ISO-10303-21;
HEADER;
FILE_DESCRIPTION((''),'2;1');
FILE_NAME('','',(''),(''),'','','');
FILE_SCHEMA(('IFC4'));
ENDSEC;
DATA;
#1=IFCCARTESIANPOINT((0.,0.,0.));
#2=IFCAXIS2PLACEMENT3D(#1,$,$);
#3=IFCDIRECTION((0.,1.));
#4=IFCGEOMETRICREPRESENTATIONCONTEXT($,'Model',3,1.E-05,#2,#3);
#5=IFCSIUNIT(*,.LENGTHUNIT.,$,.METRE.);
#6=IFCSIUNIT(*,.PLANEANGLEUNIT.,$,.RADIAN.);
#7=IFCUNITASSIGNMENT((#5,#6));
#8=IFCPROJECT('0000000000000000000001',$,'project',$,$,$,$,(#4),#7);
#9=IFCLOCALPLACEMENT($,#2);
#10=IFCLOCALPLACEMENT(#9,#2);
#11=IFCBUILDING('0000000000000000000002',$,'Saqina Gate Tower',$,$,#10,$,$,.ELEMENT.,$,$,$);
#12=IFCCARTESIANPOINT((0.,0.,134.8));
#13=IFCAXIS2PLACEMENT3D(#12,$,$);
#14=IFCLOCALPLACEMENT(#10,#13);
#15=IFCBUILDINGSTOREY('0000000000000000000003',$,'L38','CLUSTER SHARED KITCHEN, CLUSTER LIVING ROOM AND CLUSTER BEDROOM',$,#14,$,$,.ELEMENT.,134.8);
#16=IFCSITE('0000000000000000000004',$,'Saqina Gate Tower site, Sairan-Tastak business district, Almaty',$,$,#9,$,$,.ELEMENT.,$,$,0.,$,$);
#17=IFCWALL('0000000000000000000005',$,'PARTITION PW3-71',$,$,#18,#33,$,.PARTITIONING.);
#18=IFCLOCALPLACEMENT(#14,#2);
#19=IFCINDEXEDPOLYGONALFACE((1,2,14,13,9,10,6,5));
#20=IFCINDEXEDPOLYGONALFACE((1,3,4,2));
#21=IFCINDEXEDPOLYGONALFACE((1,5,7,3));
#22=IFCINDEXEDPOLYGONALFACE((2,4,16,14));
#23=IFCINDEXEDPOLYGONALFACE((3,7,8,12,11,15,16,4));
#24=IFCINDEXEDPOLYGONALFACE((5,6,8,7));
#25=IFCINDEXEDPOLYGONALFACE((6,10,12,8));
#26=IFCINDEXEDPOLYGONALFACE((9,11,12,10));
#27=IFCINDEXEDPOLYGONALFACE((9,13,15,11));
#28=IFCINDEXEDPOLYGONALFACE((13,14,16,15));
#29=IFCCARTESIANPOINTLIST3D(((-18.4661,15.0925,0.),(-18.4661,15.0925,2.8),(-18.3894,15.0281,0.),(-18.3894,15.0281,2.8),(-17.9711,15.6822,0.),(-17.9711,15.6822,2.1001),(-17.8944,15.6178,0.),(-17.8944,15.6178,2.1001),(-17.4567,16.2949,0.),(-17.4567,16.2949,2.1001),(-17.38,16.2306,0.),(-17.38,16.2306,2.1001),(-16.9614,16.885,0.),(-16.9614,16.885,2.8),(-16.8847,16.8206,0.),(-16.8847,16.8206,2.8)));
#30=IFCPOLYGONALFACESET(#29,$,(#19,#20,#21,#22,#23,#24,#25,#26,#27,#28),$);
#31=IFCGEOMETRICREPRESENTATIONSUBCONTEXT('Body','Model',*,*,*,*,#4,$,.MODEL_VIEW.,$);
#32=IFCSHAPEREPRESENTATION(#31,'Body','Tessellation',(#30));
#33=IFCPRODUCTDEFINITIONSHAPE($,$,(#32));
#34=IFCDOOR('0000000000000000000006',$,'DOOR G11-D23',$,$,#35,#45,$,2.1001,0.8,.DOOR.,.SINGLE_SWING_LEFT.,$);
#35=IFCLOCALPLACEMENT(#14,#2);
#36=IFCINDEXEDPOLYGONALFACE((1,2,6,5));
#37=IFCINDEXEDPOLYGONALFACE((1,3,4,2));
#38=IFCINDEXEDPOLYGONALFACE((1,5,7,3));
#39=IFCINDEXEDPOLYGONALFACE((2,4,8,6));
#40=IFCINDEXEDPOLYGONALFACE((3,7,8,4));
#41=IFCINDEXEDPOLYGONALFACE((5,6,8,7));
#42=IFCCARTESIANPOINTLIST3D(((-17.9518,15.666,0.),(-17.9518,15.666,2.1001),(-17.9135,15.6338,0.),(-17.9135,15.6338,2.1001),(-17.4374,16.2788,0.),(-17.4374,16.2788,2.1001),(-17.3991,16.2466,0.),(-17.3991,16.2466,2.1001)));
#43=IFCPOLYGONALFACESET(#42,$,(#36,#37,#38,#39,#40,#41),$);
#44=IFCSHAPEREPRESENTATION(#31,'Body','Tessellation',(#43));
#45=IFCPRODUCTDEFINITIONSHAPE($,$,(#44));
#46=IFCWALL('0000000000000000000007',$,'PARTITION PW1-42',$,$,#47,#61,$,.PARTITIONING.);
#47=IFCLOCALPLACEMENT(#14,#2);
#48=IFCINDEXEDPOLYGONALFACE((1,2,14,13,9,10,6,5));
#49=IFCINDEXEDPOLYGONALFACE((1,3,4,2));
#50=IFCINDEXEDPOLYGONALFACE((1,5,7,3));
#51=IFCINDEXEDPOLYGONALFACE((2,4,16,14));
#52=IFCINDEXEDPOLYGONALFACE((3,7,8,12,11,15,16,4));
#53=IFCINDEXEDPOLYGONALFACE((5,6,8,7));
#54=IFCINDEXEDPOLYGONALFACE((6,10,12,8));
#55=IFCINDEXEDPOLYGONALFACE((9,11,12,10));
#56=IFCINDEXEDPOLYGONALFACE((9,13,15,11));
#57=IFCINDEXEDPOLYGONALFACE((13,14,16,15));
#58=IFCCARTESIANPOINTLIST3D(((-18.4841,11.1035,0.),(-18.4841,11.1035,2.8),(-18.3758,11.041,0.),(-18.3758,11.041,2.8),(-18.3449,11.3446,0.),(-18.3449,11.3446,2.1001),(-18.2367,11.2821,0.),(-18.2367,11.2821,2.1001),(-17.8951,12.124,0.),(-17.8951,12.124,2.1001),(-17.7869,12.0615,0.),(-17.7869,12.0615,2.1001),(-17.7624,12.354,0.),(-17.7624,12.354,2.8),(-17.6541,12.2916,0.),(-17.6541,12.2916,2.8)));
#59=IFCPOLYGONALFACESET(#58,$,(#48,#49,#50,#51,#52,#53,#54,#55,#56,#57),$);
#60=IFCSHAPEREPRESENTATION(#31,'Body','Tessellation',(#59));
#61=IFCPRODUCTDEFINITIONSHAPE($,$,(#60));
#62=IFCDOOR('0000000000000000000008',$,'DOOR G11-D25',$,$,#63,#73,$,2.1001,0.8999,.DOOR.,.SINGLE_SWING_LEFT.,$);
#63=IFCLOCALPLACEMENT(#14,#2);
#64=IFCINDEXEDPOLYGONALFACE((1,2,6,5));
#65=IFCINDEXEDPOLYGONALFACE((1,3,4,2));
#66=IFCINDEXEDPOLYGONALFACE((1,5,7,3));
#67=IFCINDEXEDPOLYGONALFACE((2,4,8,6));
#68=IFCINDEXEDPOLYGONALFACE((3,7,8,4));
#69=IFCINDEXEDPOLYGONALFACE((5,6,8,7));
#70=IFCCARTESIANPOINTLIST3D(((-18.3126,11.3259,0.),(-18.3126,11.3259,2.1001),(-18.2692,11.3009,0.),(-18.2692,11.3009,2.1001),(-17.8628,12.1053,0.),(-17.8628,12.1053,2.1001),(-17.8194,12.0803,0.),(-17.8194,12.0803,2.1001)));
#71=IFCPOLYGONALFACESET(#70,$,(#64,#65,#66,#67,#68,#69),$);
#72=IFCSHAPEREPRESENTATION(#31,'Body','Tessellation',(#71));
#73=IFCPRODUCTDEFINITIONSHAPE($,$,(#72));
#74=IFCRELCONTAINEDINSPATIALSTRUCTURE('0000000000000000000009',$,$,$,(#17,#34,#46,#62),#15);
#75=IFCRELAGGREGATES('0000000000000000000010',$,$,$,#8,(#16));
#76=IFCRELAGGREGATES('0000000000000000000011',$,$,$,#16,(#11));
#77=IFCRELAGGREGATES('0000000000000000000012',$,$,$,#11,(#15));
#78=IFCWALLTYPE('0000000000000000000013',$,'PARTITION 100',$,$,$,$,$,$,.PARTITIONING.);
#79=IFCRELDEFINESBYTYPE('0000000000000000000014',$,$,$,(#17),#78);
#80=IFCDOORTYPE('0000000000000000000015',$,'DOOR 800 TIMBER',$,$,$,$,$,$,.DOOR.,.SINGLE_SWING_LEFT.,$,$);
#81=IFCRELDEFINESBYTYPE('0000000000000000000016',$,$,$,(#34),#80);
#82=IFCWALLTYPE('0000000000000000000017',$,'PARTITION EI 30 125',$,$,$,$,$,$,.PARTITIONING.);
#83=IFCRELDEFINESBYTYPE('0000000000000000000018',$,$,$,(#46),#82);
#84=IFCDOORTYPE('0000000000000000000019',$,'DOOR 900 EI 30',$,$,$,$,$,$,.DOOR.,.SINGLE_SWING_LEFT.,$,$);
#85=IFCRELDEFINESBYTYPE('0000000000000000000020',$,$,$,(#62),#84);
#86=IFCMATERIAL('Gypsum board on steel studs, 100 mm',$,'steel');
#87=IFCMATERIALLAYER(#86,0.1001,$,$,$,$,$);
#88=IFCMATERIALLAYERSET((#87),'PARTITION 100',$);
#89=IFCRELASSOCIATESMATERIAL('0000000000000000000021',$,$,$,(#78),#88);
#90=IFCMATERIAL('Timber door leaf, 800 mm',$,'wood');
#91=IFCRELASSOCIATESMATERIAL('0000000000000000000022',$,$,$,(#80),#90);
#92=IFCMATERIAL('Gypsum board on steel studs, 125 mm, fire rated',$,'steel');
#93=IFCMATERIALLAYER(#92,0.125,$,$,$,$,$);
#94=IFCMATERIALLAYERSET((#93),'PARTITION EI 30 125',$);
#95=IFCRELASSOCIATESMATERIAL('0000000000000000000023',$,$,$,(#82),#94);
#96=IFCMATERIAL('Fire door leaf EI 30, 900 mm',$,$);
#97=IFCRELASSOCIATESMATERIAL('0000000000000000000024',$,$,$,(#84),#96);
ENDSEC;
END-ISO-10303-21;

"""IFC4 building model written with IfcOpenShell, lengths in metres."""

from ifc_helpers import new_model, si_unit, direction, frame, frame_2d, origin, place, context, subcontext, project, spatial, rectangle, extrude, material, layer, layer_set, type_object, element, fill, save


model = new_model("IFC4")

# Units and contexts
model_context = context("Model", 3, precision=1e-05, world=origin(), true_north=direction((0.0, 1.0)))
body_context = subcontext(model_context, "Body", "Model", "MODEL_VIEW")
ifc_project = project(units=[si_unit("LENGTHUNIT", "METRE"), si_unit("PLANEANGLEUNIT", "RADIAN")], contexts=[model_context])

# Site, building, storey
site_placement = place(None, origin())
site = spatial("IfcSite", under=ifc_project, at=site_placement, Name="Saqina Gate Tower site, Sairan-Tastak business district, Almaty", CompositionType="ELEMENT", RefElevation=0.0)
building_placement = place(site_placement, origin())
building = spatial("IfcBuilding", under=site, at=building_placement, Name="Saqina Gate Tower", CompositionType="ELEMENT")
storey_placement = place(building_placement, frame((0.0, 0.0, 134.8)))
storey = spatial("IfcBuildingStorey", under=building, at=storey_placement, Name="L38", Description="CLUSTER SHARED KITCHEN, CLUSTER LIVING ROOM AND CLUSTER BEDROOM", CompositionType="ELEMENT", Elevation=134.8)

# Shared definitions
ifc_material_1 = material(Name="Gypsum board on steel studs, 100 mm", Category="steel")
ifc_layer_1 = layer(ifc_material_1, 0.1001)
ifc_layer_set_1 = layer_set([ifc_layer_1], Name="PARTITION 100")
wall_type_1 = type_object("IfcWallType", Name="PARTITION 100", PredefinedType="PARTITIONING", material=ifc_layer_set_1)

# Walls, openings, doors
wall_1_placement = place(storey_placement, frame((-18.4277, 15.0603, 0.0), z_axis=(0.0, 0.0, 1.0), x_axis=(0.64293, 0.765925, 0.0)))
wall_1 = element("IfcWall", 1, at=wall_1_placement, inside=storey, type_object=wall_type_1, Name="PARTITION PW3-71", PredefinedType="PARTITIONING", context=body_context, shape_type="SweptSolid", body=[
    extrude(rectangle(XDim=2.3403, YDim=0.1001, at=frame_2d((1.1702, 0.0))), origin(), (0.0, 0.0, 1.0), 2.8),
])
opening_1_placement = place(wall_1_placement, frame((0.77, 0.0, 0.0)))
opening_1 = element("IfcOpeningElement", 2, at=opening_1_placement, cuts=wall_1, PredefinedType="OPENING", context=body_context, shape_type="SweptSolid", body=[
    extrude(rectangle(XDim=0.8, YDim=2.1001, at=frame_2d((0.3999, 1.05))), frame((0.0, 0.062, 0.0), z_axis=(0.0, -1.0, 0.0), x_axis=(1.0, 0.0, 0.0)), (0.0, 0.0, 1.0), 0.124),
])
ifc_material_2 = material(Name="Timber door leaf, 800 mm", Category="wood")
door_type_1 = type_object("IfcDoorType", Name="DOOR 800 TIMBER", OperationType="SINGLE_SWING_LEFT", PredefinedType="DOOR", material=ifc_material_2)
door_1_placement = place(opening_1_placement, origin())
door_1 = element("IfcDoor", 3, at=door_1_placement, inside=storey, type_object=door_type_1, Name="DOOR G11-D23", OperationType="SINGLE_SWING_LEFT", OverallHeight=2.1001, OverallWidth=0.8, PredefinedType="DOOR", context=body_context, shape_type="SweptSolid", body=[
    extrude(rectangle(XDim=0.8, YDim=2.1001, at=frame_2d((0.3999, 1.05))), frame((0.0, 0.0249, 0.0), z_axis=(0.0, -1.0, 0.0), x_axis=(1.0, 0.0, 0.0)), (0.0, 0.0, 1.0), 0.05),
])
fill(opening_1, door_1)
ifc_material_3 = material(Name="Gypsum board on steel studs, 125 mm, fire rated", Category="steel")
ifc_layer_2 = layer(ifc_material_3, 0.125)
ifc_layer_set_2 = layer_set([ifc_layer_2], Name="PARTITION EI 30 125")
wall_type_2 = type_object("IfcWallType", Name="PARTITION EI 30 125", PredefinedType="PARTITIONING", material=ifc_layer_set_2)
wall_2_placement = place(storey_placement, frame((-18.4299, 11.0723, 0.0), z_axis=(0.0, 0.0, 1.0), x_axis=(0.499849, 0.866112, 0.0)))
wall_2 = element("IfcWall", 4, at=wall_2_placement, inside=storey, type_object=wall_type_2, Name="PARTITION PW1-42", PredefinedType="PARTITIONING", context=body_context, shape_type="SweptSolid", body=[
    extrude(rectangle(XDim=1.4438, YDim=0.125, at=frame_2d((0.7219, 0.0))), origin(), (0.0, 0.0, 1.0), 2.8),
])
opening_2_placement = place(wall_2_placement, frame((0.2783, 0.0, 0.0)))
opening_2 = element("IfcOpeningElement", 5, at=opening_2_placement, cuts=wall_2, PredefinedType="OPENING", context=body_context, shape_type="SweptSolid", body=[
    extrude(rectangle(XDim=0.8999, YDim=2.1001, at=frame_2d((0.45, 1.05))), frame((0.0, 0.0745, 0.0), z_axis=(0.0, -1.0, 0.0), x_axis=(1.0, 0.0, 0.0)), (0.0, 0.0, 1.0), 0.1489),
])
ifc_material_4 = material(Name="Fire door leaf EI 30, 900 mm")
door_type_2 = type_object("IfcDoorType", Name="DOOR 900 EI 30", OperationType="SINGLE_SWING_LEFT", PredefinedType="DOOR", material=ifc_material_4)
door_2_placement = place(opening_2_placement, frame((0.8999, 0.0, 0.0), z_axis=(0.0, 0.0, 1.0), x_axis=(-1.0, 0.0, 0.0)))
door_2 = element("IfcDoor", 6, at=door_2_placement, inside=storey, type_object=door_type_2, Name="DOOR G11-D25", OperationType="SINGLE_SWING_LEFT", OverallHeight=2.1001, OverallWidth=0.8999, PredefinedType="DOOR", context=body_context, shape_type="SweptSolid", body=[
    extrude(rectangle(XDim=0.8999, YDim=2.1001, at=frame_2d((0.45, 1.05))), frame((0.0, 0.0249, 0.0), z_axis=(0.0, -1.0, 0.0), x_axis=(1.0, 0.0, 0.0)), (0.0, 0.0, 1.0), 0.05),
])
fill(opening_2, door_2)

save(model, "model.ifc")
